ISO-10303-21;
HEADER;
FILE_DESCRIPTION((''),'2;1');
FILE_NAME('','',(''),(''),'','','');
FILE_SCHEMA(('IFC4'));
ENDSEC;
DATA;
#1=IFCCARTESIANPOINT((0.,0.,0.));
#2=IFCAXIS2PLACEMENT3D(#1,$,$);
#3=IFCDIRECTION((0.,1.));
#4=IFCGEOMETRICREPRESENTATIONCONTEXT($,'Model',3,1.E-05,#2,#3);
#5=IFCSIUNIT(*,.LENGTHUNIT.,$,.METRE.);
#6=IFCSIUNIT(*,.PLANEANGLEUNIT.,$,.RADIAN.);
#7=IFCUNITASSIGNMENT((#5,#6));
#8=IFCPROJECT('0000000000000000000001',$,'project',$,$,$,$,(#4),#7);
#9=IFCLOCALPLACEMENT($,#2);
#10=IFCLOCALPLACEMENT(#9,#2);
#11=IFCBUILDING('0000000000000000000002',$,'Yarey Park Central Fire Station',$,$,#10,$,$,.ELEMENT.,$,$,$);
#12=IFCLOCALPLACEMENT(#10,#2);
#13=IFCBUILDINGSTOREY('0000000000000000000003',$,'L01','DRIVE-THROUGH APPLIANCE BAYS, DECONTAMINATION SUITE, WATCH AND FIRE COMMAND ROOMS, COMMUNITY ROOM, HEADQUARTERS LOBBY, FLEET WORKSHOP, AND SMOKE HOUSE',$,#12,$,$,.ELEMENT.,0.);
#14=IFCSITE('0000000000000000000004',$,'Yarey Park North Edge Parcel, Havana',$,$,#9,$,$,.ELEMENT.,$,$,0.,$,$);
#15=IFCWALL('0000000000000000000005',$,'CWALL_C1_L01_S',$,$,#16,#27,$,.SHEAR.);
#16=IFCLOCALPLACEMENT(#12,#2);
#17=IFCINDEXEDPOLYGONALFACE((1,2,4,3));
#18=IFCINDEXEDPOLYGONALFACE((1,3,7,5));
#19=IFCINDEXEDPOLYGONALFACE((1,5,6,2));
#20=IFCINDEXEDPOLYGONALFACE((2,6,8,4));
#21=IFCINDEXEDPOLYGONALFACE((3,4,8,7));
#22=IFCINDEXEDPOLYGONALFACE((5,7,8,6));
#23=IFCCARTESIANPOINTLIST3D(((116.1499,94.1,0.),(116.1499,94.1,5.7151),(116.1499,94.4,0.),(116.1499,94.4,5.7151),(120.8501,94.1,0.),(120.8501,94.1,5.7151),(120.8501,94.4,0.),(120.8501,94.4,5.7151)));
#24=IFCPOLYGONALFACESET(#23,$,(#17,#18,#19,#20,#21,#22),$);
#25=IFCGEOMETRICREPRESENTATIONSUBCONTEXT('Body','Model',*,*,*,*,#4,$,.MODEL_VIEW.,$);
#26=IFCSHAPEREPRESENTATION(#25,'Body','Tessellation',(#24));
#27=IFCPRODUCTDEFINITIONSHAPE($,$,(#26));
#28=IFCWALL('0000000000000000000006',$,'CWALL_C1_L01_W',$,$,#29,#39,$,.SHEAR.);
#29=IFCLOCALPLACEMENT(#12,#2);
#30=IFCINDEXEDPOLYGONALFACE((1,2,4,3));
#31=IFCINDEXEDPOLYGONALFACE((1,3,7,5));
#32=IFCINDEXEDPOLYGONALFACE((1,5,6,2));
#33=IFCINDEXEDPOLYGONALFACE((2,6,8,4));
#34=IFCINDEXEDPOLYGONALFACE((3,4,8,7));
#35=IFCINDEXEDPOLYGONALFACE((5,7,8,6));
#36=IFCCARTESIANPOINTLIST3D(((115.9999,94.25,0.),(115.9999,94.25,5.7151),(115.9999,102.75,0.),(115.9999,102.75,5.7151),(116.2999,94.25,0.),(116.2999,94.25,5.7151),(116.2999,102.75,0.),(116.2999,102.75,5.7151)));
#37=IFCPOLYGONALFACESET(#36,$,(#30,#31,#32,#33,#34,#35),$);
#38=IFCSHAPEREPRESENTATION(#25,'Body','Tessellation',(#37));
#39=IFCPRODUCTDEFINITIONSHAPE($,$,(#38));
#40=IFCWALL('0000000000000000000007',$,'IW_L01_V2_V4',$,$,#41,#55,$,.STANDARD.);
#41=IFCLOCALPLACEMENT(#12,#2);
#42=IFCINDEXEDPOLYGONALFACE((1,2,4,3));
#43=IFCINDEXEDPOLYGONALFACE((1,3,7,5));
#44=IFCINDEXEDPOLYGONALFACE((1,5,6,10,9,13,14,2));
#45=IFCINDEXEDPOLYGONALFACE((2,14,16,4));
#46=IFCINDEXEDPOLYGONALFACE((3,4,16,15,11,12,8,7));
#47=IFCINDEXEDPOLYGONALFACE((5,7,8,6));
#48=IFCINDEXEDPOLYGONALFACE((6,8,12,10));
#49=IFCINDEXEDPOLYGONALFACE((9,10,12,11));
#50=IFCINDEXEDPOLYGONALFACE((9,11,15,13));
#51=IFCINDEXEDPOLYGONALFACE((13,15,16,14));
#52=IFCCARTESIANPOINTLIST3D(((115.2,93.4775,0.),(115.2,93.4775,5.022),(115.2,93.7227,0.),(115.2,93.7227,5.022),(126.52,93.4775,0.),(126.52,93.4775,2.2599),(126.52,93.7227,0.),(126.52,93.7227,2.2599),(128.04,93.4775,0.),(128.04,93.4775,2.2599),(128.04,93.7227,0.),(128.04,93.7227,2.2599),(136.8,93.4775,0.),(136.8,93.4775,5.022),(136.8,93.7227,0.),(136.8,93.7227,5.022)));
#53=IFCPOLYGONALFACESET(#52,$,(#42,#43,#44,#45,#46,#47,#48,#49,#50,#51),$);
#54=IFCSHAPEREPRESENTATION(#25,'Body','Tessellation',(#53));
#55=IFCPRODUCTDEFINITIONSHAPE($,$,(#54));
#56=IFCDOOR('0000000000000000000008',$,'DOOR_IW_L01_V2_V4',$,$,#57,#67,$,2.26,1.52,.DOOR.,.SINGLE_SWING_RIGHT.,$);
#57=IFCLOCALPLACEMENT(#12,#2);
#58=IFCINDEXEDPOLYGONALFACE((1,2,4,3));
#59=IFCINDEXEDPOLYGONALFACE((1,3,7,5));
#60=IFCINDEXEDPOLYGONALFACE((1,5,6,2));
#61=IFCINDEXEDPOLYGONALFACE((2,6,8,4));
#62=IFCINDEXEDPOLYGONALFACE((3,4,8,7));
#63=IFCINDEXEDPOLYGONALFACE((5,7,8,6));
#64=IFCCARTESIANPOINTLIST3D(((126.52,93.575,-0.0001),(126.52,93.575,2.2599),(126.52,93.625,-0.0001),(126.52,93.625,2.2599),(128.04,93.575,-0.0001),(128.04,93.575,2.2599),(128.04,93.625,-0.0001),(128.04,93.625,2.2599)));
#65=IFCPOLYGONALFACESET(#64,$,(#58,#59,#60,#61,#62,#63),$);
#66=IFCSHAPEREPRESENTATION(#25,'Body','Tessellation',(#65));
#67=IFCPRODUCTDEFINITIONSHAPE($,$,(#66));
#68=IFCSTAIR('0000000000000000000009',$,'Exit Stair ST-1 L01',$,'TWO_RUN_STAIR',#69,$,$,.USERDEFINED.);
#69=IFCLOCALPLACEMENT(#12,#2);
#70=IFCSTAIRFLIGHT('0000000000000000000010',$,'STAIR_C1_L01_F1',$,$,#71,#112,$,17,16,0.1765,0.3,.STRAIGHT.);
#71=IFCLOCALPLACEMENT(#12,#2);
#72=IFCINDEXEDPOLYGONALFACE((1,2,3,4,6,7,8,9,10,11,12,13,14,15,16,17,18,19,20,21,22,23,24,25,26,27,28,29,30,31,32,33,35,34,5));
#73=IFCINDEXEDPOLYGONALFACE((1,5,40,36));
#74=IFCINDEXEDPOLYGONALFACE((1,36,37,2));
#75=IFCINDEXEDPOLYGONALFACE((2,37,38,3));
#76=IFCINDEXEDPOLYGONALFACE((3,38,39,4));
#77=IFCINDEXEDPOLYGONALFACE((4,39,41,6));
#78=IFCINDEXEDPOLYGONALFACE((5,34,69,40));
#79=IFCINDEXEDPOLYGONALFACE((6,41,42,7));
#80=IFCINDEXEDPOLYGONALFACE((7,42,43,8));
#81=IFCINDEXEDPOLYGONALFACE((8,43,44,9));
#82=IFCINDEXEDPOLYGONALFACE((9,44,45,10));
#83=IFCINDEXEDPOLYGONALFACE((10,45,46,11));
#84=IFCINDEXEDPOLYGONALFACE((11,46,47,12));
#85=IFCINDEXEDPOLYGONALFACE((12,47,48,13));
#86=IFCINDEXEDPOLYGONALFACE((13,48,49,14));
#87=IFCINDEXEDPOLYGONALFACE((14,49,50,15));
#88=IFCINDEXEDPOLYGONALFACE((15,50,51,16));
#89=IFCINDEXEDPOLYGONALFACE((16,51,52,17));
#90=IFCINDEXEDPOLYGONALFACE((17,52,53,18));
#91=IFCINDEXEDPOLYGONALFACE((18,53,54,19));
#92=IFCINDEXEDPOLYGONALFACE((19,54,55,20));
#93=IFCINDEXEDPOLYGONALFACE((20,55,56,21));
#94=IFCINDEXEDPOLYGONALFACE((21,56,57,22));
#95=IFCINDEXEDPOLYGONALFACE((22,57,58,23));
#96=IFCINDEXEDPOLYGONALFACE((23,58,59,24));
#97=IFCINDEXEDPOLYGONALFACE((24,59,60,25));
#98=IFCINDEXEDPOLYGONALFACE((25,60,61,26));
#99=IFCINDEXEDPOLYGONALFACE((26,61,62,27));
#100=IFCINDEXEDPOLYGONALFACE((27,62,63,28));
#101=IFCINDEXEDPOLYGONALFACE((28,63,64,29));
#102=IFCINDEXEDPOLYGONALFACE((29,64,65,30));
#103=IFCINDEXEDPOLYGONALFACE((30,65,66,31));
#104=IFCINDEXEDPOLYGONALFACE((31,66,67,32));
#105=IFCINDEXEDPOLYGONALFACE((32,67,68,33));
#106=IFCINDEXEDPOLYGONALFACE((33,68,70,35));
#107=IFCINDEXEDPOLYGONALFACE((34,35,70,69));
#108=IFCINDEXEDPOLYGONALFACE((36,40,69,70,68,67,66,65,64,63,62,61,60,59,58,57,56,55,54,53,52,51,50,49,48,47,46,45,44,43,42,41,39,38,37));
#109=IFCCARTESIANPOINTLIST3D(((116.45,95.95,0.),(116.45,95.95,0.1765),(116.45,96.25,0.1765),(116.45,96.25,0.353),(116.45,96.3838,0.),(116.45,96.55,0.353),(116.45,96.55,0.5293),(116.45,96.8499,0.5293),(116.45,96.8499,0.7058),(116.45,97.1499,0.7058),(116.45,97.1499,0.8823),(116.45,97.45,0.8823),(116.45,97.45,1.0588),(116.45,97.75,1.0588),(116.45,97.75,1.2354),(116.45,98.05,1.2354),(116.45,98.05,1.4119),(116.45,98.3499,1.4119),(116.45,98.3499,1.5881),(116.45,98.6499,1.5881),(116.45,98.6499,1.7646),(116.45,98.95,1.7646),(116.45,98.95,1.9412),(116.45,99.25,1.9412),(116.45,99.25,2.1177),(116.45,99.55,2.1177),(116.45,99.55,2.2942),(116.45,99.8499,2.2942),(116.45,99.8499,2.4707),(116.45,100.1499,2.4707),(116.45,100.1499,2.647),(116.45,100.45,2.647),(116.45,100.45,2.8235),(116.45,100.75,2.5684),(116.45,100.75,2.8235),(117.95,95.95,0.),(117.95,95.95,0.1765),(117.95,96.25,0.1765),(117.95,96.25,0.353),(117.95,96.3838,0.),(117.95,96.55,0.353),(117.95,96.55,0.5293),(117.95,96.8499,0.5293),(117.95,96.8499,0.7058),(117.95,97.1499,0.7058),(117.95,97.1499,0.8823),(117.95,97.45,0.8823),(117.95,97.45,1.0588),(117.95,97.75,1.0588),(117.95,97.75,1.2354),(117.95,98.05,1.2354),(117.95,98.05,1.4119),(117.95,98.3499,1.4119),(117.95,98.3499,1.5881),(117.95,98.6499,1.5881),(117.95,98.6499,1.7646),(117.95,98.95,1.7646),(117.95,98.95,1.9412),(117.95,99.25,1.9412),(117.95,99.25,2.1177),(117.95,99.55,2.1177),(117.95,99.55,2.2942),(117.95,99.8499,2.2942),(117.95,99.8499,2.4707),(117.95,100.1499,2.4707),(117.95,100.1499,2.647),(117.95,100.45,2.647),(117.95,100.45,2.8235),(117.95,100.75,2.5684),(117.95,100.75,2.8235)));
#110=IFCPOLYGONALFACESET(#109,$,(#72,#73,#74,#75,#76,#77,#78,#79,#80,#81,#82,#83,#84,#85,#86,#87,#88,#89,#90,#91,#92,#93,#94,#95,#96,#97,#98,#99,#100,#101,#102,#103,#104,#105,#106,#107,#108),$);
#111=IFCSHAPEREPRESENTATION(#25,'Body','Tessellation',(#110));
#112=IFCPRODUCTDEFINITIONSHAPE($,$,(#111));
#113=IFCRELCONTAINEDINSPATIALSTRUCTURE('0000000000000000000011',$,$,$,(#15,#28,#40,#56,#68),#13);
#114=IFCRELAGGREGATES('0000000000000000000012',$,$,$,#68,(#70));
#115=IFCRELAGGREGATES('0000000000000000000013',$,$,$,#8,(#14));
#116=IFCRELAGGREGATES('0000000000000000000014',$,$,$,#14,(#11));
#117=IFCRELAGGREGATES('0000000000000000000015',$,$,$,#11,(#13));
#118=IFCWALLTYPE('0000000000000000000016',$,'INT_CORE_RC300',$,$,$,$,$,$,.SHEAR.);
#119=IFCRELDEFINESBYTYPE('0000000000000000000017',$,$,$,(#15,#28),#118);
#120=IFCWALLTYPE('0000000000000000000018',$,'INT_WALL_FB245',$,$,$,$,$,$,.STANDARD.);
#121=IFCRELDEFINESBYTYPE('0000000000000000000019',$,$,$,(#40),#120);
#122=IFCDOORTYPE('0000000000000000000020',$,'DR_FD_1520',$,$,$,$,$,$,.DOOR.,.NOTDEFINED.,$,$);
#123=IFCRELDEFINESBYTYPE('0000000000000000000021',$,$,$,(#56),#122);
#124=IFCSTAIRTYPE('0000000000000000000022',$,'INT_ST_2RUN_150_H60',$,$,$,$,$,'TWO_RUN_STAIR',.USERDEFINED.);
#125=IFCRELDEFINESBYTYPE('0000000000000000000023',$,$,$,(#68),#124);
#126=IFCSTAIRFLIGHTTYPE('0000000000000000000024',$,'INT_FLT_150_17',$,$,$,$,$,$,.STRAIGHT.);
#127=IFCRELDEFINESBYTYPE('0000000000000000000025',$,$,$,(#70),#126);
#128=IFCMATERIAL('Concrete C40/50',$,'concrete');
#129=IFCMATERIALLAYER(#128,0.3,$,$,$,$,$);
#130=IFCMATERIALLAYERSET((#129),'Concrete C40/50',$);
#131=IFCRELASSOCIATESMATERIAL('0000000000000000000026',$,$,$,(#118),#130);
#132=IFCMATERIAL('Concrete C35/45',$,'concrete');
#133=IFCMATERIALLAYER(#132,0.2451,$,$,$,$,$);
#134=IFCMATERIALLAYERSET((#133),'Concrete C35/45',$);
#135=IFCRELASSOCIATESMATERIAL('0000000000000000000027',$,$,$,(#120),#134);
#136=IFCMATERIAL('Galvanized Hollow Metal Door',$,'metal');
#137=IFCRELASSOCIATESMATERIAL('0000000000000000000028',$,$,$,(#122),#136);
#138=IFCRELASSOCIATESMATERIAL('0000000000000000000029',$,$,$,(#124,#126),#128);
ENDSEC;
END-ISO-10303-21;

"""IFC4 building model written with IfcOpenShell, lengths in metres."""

from ifc_helpers import new_model, si_unit, direction, frame, frame_2d, origin, place, context, subcontext, project, spatial, polyline, rectangle, outline, extrude, material, layer, layer_set, type_object, element, fill, aggregate, save


model = new_model("IFC4")

# Units and contexts
model_context = context("Model", 3, precision=1e-05, world=origin(), true_north=direction((0.0, 1.0)))
body_context = subcontext(model_context, "Body", "Model", "MODEL_VIEW")
ifc_project = project(units=[si_unit("LENGTHUNIT", "METRE"), si_unit("PLANEANGLEUNIT", "RADIAN")], contexts=[model_context])

# Site, building, storey
site_placement = place(None, origin())
site = spatial("IfcSite", under=ifc_project, at=site_placement, Name="Yarey Park North Edge Parcel, Havana", CompositionType="ELEMENT", RefElevation=0.0)
building_placement = place(site_placement, origin())
building = spatial("IfcBuilding", under=site, at=building_placement, Name="Yarey Park Central Fire Station", CompositionType="ELEMENT")
storey_placement = place(building_placement, origin())
storey = spatial("IfcBuildingStorey", under=building, at=storey_placement, Name="L01", Description="DRIVE-THROUGH APPLIANCE BAYS, DECONTAMINATION SUITE, WATCH AND FIRE COMMAND ROOMS, COMMUNITY ROOM, HEADQUARTERS LOBBY, FLEET WORKSHOP, AND SMOKE HOUSE", CompositionType="ELEMENT", Elevation=0.0)

# Shared definitions
ifc_material_1 = material(Name="Concrete C35/45", Category="concrete")

# Shared definitions
ifc_material_2 = material(Name="Concrete C40/50", Category="concrete")

# Shared definitions
ifc_material_3 = material(Name="Galvanized Hollow Metal Door", Category="metal")

# Walls
ifc_layer_1 = layer(ifc_material_2, 0.3)
ifc_layer_set_1 = layer_set([ifc_layer_1], Name="Concrete C40/50")
wall_type_1 = type_object("IfcWallType", Name="INT_CORE_RC300", PredefinedType="SHEAR", material=ifc_layer_set_1)
wall_1_placement = place(storey_placement, frame((116.1499, 94.25, 0.0), z_axis=(0.0, 0.0, 1.0), x_axis=(1.0, 0.0, 0.0)))
element("IfcWall", 1, at=wall_1_placement, inside=storey, type_object=wall_type_1, Name="CWALL_C1_L01_S", PredefinedType="SHEAR", context=body_context, shape_type="SweptSolid", body=[
    extrude(rectangle(XDim=4.7002, YDim=0.3, at=frame_2d((2.3501, 0.0))), origin(), (0.0, 0.0, 1.0), 5.7151),
])
wall_2_placement = place(storey_placement, frame((116.1499, 94.25, 0.0), z_axis=(0.0, 0.0, 1.0), x_axis=(0.0, 1.0, 0.0)))
element("IfcWall", 2, at=wall_2_placement, inside=storey, type_object=wall_type_1, Name="CWALL_C1_L01_W", PredefinedType="SHEAR", context=body_context, shape_type="SweptSolid", body=[
    extrude(rectangle(XDim=8.5, YDim=0.3, at=frame_2d((4.25, 0.0))), origin(), (0.0, 0.0, 1.0), 5.7151),
])

# Wall, opening, door
ifc_layer_2 = layer(ifc_material_1, 0.2451)
ifc_layer_set_2 = layer_set([ifc_layer_2], Name="Concrete C35/45")
wall_type_2 = type_object("IfcWallType", Name="INT_WALL_FB245", PredefinedType="STANDARD", material=ifc_layer_set_2)
wall_3_placement = place(storey_placement, frame((115.2, 93.6001, 0.0), z_axis=(0.0, 0.0, 1.0), x_axis=(1.0, 0.0, 0.0)))
wall_3 = element("IfcWall", 3, at=wall_3_placement, inside=storey, type_object=wall_type_2, Name="IW_L01_V2_V4", PredefinedType="STANDARD", context=body_context, shape_type="SweptSolid", body=[
    extrude(rectangle(XDim=21.6001, YDim=0.2451, at=frame_2d((10.8, 0.0))), origin(), (0.0, 0.0, 1.0), 5.022),
])
opening_1_placement = place(wall_3_placement, frame((11.3201, 0.0, 0.0)))
opening_1 = element("IfcOpeningElement", 4, at=opening_1_placement, cuts=wall_3, PredefinedType="OPENING", context=body_context, shape_type="SweptSolid", body=[
    extrude(rectangle(XDim=1.52, YDim=2.26, at=frame_2d((0.76, 1.1299))), frame((0.0, 0.1326, 0.0), z_axis=(0.0, -1.0, 0.0), x_axis=(1.0, 0.0, 0.0)), (0.0, 0.0, 1.0), 0.2651),
])
door_type_1 = type_object("IfcDoorType", Name="DR_FD_1520", OperationType="NOTDEFINED", PredefinedType="DOOR", material=ifc_material_3)
door_1_placement = place(opening_1_placement, origin())
door_1 = element("IfcDoor", 5, at=door_1_placement, inside=storey, type_object=door_type_1, Name="DOOR_IW_L01_V2_V4", OperationType="SINGLE_SWING_RIGHT", OverallHeight=2.26, OverallWidth=1.52, PredefinedType="DOOR", context=body_context, shape_type="SweptSolid", body=[
    extrude(rectangle(XDim=1.52, YDim=2.26, at=frame_2d((0.76, 1.1299))), frame((0.0, 0.0249, 0.0), z_axis=(0.0, -1.0, 0.0), x_axis=(1.0, 0.0, 0.0)), (0.0, 0.0, 1.0), 0.05),
])
fill(opening_1, door_1)

# Stair, stair flight
stair_type = type_object("IfcStairType", Name="INT_ST_2RUN_150_H60", ElementType="TWO_RUN_STAIR", PredefinedType="USERDEFINED", material=ifc_material_2)
stair_placement = place(storey_placement, origin())
stair = element("IfcStair", 6, at=stair_placement, inside=storey, type_object=stair_type, Name="Exit Stair ST-1 L01", ObjectType="TWO_RUN_STAIR", PredefinedType="USERDEFINED")
stair_flight_type = type_object("IfcStairFlightType", Name="INT_FLT_150_17", PredefinedType="STRAIGHT", material=ifc_material_2)
stair_flight_placement = place(storey_placement, frame((117.2, 95.95, 0.0), z_axis=(0.0, 0.0, 1.0), x_axis=(0.0, 1.0, 0.0)))
stair_flight = element("IfcStairFlight", 7, at=stair_flight_placement, type_object=stair_flight_type, Name="STAIR_C1_L01_F1", NumberOfRisers=17, NumberOfTreads=16, PredefinedType="STRAIGHT", RiserHeight=0.1765, TreadLength=0.3, context=body_context, shape_type="SweptSolid", body=[
    extrude(outline(polyline([(0.0, 0.0), (0.0, 0.1765), (0.3, 0.1765), (0.3, 0.353), (0.6001, 0.353), (0.6001, 0.5293), (0.8999, 0.5293), (0.8999, 0.7058), (1.2, 0.7058), (1.2, 0.8823), (1.5, 0.8823), (1.5, 1.0588), (1.8, 1.0588), (1.8, 1.2354), (2.1001, 1.2354), (2.1001, 1.4119), (2.3999, 1.4119), (2.3999, 1.5881), (2.7, 1.5881), (2.7, 1.7646), (3.0, 1.7646), (3.0, 1.9412), (3.3, 1.9412), (3.3, 2.1177), (3.6001, 2.1177), (3.6001, 2.2942), (3.8999, 2.2942), (3.8999, 2.4707), (4.2, 2.4707), (4.2, 2.647), (4.5, 2.647), (4.5, 2.8235), (4.8, 2.8235), (4.8, 3.0), (4.8, 2.5684), (0.4338, 0.0), (0.0, 0.0)])), frame((0.0, 0.75, 0.0), z_axis=(0.0, -1.0, 0.0), x_axis=(1.0, 0.0, 0.0)), (0.0, 0.0, 1.0), 1.5),
])
aggregate(stair, [stair_flight])

save(model, "model.ifc")
